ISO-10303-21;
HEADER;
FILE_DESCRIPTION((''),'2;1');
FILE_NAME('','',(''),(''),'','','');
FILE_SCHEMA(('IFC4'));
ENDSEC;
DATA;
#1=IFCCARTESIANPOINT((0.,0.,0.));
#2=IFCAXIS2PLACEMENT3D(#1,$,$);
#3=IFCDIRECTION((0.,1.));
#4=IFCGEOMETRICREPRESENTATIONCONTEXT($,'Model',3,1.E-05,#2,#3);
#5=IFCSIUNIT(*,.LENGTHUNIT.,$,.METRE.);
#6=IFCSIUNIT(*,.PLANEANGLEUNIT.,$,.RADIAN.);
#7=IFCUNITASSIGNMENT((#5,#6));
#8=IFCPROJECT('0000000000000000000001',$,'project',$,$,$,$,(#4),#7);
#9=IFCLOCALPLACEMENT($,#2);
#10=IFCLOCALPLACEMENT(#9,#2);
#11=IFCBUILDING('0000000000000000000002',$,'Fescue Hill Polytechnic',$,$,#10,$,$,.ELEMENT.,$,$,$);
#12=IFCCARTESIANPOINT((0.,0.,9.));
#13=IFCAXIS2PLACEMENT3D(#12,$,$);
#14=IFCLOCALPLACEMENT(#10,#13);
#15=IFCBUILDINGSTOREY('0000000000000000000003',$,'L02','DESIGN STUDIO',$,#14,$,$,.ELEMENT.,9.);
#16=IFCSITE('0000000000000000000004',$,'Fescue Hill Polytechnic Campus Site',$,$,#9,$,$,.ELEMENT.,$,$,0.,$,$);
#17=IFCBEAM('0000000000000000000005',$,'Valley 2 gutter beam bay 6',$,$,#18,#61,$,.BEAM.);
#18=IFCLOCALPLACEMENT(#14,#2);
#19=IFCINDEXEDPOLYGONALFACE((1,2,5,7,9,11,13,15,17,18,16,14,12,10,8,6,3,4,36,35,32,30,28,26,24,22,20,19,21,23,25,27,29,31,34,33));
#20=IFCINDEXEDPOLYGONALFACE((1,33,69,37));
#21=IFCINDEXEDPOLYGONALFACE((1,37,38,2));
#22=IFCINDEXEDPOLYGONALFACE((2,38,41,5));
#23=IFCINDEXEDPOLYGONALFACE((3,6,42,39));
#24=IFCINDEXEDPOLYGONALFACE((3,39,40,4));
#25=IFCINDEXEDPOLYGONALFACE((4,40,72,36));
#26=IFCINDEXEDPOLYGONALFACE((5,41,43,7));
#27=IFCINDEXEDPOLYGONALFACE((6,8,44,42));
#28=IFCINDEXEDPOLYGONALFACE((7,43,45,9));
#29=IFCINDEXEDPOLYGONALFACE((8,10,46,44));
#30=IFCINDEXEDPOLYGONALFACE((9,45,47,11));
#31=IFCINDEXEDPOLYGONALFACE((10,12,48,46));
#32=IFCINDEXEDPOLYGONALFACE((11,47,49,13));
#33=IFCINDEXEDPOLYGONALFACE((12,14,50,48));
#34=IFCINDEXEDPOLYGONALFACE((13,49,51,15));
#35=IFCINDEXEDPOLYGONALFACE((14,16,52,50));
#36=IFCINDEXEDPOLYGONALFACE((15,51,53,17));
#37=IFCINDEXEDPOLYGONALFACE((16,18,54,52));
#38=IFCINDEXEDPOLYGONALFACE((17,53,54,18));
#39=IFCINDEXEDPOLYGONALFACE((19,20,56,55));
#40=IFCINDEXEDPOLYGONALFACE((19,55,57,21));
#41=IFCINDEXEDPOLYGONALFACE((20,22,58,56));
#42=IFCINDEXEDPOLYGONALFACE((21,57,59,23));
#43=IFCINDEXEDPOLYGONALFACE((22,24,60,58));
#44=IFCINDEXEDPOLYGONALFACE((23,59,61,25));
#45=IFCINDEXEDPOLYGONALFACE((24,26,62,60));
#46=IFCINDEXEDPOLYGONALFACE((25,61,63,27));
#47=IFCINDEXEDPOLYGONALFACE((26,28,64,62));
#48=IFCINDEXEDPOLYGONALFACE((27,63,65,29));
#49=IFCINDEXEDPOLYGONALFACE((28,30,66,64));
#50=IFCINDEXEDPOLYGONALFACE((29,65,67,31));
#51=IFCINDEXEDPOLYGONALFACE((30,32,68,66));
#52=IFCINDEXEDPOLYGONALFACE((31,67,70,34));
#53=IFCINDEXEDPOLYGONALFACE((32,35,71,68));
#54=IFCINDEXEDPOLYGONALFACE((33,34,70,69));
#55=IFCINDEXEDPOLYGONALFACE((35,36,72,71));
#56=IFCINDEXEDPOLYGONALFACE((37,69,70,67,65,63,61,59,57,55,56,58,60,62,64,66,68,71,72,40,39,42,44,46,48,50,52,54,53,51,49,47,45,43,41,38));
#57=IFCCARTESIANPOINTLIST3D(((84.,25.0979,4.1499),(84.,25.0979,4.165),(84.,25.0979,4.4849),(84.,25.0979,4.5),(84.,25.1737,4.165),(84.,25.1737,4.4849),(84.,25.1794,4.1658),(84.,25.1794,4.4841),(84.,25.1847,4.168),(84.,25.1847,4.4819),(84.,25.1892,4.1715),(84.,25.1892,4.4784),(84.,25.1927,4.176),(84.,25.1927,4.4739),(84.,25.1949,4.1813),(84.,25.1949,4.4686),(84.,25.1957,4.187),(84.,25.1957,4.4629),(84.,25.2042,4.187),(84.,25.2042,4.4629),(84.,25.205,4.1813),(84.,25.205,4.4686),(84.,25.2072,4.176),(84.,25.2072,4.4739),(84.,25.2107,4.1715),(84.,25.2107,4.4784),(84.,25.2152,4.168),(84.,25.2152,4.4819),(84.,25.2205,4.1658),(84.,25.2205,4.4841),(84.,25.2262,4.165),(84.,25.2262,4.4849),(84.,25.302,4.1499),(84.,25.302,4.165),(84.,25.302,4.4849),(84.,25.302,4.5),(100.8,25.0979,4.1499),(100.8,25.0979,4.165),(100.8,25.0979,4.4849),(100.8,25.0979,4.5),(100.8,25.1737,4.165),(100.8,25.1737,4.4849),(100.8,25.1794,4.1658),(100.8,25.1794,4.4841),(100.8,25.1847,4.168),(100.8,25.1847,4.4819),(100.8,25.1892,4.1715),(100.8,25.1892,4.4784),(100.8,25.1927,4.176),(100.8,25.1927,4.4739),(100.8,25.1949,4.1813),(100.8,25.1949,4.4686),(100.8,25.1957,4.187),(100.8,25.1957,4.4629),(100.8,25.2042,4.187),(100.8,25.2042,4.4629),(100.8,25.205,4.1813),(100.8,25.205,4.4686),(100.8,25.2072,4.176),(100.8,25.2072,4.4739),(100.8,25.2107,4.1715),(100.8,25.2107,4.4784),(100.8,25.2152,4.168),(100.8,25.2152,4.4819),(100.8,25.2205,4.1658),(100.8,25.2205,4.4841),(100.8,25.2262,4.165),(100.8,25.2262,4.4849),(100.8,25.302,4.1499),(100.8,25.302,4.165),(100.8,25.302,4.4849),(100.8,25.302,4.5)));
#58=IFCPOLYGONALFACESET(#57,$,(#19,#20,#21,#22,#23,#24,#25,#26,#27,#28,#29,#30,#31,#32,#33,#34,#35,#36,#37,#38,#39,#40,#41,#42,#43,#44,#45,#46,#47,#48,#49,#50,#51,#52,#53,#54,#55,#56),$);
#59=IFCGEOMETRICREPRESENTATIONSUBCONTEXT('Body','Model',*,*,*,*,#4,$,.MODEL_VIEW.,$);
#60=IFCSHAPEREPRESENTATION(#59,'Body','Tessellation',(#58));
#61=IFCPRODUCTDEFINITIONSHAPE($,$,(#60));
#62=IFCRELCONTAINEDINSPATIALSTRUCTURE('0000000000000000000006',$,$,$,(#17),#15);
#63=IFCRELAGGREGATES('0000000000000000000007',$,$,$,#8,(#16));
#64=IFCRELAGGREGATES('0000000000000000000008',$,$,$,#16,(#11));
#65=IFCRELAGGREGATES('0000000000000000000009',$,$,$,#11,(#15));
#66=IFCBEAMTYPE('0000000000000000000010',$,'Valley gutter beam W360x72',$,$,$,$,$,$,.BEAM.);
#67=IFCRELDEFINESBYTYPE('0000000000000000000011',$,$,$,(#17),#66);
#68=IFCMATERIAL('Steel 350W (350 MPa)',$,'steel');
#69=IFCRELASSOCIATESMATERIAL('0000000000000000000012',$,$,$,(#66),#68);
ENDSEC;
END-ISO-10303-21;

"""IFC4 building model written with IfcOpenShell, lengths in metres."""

from ifc_helpers import new_model, si_unit, direction, frame, origin, origin_2d, place, context, subcontext, project, spatial, i_section, extrude, material, material_profile, profile_set, type_object, element, save


model = new_model("IFC4")

# Units and contexts
model_context = context("Model", 3, precision=1e-05, world=origin(), true_north=direction((0.0, 1.0)))
body_context = subcontext(model_context, "Body", "Model", "MODEL_VIEW")
ifc_project = project(units=[si_unit("LENGTHUNIT", "METRE"), si_unit("PLANEANGLEUNIT", "RADIAN")], contexts=[model_context])

# Site, building, storey
site_placement = place(None, origin())
site = spatial("IfcSite", under=ifc_project, at=site_placement, Name="Fescue Hill Polytechnic Campus Site", CompositionType="ELEMENT", RefElevation=0.0)
building_placement = place(site_placement, origin())
building = spatial("IfcBuilding", under=site, at=building_placement, Name="Fescue Hill Polytechnic", CompositionType="ELEMENT")
storey_placement = place(building_placement, frame((0.0, 0.0, 9.0)))
storey = spatial("IfcBuildingStorey", under=building, at=storey_placement, Name="L02", Description="DESIGN STUDIO", CompositionType="ELEMENT", Elevation=9.0)

# Shared definitions
ifc_material = material(Name="Steel 350W (350 MPa)", Category="steel")

# Beam
ifc_material_profile_1 = material_profile(ifc_material, i_section(OverallWidth=0.2041, OverallDepth=0.3501, WebThickness=0.0085, FlangeThickness=0.0151, FilletRadius=0.022, at=origin_2d()), Name="W360x72")
ifc_profile_set_1 = profile_set([ifc_material_profile_1], Name="Steel 350W (350 MPa)")
beam_type = type_object("IfcBeamType", Name="Valley gutter beam W360x72", PredefinedType="BEAM", material=ifc_profile_set_1)
for number, where, z_axis, x_axis, name in (
    (1, (84.0, 25.2, 4.325), (1.0, 0.0, 0.0), (0.0, 1.0, 0.0), "Valley 2 gutter beam bay 6"),
):
    element("IfcBeam", number, at=place(storey_placement, frame(where, z_axis=z_axis, x_axis=x_axis)), inside=storey, type_object=beam_type, Name=name, PredefinedType="BEAM", context=body_context, shape_type="SweptSolid", body=[
        extrude(i_section(OverallWidth=0.2041, OverallDepth=0.3501, WebThickness=0.0085, FlangeThickness=0.0151, FilletRadius=0.022, at=origin_2d()), origin(), (0.0, 0.0, 1.0), 16.8),
    ])

save(model, "model.ifc")
